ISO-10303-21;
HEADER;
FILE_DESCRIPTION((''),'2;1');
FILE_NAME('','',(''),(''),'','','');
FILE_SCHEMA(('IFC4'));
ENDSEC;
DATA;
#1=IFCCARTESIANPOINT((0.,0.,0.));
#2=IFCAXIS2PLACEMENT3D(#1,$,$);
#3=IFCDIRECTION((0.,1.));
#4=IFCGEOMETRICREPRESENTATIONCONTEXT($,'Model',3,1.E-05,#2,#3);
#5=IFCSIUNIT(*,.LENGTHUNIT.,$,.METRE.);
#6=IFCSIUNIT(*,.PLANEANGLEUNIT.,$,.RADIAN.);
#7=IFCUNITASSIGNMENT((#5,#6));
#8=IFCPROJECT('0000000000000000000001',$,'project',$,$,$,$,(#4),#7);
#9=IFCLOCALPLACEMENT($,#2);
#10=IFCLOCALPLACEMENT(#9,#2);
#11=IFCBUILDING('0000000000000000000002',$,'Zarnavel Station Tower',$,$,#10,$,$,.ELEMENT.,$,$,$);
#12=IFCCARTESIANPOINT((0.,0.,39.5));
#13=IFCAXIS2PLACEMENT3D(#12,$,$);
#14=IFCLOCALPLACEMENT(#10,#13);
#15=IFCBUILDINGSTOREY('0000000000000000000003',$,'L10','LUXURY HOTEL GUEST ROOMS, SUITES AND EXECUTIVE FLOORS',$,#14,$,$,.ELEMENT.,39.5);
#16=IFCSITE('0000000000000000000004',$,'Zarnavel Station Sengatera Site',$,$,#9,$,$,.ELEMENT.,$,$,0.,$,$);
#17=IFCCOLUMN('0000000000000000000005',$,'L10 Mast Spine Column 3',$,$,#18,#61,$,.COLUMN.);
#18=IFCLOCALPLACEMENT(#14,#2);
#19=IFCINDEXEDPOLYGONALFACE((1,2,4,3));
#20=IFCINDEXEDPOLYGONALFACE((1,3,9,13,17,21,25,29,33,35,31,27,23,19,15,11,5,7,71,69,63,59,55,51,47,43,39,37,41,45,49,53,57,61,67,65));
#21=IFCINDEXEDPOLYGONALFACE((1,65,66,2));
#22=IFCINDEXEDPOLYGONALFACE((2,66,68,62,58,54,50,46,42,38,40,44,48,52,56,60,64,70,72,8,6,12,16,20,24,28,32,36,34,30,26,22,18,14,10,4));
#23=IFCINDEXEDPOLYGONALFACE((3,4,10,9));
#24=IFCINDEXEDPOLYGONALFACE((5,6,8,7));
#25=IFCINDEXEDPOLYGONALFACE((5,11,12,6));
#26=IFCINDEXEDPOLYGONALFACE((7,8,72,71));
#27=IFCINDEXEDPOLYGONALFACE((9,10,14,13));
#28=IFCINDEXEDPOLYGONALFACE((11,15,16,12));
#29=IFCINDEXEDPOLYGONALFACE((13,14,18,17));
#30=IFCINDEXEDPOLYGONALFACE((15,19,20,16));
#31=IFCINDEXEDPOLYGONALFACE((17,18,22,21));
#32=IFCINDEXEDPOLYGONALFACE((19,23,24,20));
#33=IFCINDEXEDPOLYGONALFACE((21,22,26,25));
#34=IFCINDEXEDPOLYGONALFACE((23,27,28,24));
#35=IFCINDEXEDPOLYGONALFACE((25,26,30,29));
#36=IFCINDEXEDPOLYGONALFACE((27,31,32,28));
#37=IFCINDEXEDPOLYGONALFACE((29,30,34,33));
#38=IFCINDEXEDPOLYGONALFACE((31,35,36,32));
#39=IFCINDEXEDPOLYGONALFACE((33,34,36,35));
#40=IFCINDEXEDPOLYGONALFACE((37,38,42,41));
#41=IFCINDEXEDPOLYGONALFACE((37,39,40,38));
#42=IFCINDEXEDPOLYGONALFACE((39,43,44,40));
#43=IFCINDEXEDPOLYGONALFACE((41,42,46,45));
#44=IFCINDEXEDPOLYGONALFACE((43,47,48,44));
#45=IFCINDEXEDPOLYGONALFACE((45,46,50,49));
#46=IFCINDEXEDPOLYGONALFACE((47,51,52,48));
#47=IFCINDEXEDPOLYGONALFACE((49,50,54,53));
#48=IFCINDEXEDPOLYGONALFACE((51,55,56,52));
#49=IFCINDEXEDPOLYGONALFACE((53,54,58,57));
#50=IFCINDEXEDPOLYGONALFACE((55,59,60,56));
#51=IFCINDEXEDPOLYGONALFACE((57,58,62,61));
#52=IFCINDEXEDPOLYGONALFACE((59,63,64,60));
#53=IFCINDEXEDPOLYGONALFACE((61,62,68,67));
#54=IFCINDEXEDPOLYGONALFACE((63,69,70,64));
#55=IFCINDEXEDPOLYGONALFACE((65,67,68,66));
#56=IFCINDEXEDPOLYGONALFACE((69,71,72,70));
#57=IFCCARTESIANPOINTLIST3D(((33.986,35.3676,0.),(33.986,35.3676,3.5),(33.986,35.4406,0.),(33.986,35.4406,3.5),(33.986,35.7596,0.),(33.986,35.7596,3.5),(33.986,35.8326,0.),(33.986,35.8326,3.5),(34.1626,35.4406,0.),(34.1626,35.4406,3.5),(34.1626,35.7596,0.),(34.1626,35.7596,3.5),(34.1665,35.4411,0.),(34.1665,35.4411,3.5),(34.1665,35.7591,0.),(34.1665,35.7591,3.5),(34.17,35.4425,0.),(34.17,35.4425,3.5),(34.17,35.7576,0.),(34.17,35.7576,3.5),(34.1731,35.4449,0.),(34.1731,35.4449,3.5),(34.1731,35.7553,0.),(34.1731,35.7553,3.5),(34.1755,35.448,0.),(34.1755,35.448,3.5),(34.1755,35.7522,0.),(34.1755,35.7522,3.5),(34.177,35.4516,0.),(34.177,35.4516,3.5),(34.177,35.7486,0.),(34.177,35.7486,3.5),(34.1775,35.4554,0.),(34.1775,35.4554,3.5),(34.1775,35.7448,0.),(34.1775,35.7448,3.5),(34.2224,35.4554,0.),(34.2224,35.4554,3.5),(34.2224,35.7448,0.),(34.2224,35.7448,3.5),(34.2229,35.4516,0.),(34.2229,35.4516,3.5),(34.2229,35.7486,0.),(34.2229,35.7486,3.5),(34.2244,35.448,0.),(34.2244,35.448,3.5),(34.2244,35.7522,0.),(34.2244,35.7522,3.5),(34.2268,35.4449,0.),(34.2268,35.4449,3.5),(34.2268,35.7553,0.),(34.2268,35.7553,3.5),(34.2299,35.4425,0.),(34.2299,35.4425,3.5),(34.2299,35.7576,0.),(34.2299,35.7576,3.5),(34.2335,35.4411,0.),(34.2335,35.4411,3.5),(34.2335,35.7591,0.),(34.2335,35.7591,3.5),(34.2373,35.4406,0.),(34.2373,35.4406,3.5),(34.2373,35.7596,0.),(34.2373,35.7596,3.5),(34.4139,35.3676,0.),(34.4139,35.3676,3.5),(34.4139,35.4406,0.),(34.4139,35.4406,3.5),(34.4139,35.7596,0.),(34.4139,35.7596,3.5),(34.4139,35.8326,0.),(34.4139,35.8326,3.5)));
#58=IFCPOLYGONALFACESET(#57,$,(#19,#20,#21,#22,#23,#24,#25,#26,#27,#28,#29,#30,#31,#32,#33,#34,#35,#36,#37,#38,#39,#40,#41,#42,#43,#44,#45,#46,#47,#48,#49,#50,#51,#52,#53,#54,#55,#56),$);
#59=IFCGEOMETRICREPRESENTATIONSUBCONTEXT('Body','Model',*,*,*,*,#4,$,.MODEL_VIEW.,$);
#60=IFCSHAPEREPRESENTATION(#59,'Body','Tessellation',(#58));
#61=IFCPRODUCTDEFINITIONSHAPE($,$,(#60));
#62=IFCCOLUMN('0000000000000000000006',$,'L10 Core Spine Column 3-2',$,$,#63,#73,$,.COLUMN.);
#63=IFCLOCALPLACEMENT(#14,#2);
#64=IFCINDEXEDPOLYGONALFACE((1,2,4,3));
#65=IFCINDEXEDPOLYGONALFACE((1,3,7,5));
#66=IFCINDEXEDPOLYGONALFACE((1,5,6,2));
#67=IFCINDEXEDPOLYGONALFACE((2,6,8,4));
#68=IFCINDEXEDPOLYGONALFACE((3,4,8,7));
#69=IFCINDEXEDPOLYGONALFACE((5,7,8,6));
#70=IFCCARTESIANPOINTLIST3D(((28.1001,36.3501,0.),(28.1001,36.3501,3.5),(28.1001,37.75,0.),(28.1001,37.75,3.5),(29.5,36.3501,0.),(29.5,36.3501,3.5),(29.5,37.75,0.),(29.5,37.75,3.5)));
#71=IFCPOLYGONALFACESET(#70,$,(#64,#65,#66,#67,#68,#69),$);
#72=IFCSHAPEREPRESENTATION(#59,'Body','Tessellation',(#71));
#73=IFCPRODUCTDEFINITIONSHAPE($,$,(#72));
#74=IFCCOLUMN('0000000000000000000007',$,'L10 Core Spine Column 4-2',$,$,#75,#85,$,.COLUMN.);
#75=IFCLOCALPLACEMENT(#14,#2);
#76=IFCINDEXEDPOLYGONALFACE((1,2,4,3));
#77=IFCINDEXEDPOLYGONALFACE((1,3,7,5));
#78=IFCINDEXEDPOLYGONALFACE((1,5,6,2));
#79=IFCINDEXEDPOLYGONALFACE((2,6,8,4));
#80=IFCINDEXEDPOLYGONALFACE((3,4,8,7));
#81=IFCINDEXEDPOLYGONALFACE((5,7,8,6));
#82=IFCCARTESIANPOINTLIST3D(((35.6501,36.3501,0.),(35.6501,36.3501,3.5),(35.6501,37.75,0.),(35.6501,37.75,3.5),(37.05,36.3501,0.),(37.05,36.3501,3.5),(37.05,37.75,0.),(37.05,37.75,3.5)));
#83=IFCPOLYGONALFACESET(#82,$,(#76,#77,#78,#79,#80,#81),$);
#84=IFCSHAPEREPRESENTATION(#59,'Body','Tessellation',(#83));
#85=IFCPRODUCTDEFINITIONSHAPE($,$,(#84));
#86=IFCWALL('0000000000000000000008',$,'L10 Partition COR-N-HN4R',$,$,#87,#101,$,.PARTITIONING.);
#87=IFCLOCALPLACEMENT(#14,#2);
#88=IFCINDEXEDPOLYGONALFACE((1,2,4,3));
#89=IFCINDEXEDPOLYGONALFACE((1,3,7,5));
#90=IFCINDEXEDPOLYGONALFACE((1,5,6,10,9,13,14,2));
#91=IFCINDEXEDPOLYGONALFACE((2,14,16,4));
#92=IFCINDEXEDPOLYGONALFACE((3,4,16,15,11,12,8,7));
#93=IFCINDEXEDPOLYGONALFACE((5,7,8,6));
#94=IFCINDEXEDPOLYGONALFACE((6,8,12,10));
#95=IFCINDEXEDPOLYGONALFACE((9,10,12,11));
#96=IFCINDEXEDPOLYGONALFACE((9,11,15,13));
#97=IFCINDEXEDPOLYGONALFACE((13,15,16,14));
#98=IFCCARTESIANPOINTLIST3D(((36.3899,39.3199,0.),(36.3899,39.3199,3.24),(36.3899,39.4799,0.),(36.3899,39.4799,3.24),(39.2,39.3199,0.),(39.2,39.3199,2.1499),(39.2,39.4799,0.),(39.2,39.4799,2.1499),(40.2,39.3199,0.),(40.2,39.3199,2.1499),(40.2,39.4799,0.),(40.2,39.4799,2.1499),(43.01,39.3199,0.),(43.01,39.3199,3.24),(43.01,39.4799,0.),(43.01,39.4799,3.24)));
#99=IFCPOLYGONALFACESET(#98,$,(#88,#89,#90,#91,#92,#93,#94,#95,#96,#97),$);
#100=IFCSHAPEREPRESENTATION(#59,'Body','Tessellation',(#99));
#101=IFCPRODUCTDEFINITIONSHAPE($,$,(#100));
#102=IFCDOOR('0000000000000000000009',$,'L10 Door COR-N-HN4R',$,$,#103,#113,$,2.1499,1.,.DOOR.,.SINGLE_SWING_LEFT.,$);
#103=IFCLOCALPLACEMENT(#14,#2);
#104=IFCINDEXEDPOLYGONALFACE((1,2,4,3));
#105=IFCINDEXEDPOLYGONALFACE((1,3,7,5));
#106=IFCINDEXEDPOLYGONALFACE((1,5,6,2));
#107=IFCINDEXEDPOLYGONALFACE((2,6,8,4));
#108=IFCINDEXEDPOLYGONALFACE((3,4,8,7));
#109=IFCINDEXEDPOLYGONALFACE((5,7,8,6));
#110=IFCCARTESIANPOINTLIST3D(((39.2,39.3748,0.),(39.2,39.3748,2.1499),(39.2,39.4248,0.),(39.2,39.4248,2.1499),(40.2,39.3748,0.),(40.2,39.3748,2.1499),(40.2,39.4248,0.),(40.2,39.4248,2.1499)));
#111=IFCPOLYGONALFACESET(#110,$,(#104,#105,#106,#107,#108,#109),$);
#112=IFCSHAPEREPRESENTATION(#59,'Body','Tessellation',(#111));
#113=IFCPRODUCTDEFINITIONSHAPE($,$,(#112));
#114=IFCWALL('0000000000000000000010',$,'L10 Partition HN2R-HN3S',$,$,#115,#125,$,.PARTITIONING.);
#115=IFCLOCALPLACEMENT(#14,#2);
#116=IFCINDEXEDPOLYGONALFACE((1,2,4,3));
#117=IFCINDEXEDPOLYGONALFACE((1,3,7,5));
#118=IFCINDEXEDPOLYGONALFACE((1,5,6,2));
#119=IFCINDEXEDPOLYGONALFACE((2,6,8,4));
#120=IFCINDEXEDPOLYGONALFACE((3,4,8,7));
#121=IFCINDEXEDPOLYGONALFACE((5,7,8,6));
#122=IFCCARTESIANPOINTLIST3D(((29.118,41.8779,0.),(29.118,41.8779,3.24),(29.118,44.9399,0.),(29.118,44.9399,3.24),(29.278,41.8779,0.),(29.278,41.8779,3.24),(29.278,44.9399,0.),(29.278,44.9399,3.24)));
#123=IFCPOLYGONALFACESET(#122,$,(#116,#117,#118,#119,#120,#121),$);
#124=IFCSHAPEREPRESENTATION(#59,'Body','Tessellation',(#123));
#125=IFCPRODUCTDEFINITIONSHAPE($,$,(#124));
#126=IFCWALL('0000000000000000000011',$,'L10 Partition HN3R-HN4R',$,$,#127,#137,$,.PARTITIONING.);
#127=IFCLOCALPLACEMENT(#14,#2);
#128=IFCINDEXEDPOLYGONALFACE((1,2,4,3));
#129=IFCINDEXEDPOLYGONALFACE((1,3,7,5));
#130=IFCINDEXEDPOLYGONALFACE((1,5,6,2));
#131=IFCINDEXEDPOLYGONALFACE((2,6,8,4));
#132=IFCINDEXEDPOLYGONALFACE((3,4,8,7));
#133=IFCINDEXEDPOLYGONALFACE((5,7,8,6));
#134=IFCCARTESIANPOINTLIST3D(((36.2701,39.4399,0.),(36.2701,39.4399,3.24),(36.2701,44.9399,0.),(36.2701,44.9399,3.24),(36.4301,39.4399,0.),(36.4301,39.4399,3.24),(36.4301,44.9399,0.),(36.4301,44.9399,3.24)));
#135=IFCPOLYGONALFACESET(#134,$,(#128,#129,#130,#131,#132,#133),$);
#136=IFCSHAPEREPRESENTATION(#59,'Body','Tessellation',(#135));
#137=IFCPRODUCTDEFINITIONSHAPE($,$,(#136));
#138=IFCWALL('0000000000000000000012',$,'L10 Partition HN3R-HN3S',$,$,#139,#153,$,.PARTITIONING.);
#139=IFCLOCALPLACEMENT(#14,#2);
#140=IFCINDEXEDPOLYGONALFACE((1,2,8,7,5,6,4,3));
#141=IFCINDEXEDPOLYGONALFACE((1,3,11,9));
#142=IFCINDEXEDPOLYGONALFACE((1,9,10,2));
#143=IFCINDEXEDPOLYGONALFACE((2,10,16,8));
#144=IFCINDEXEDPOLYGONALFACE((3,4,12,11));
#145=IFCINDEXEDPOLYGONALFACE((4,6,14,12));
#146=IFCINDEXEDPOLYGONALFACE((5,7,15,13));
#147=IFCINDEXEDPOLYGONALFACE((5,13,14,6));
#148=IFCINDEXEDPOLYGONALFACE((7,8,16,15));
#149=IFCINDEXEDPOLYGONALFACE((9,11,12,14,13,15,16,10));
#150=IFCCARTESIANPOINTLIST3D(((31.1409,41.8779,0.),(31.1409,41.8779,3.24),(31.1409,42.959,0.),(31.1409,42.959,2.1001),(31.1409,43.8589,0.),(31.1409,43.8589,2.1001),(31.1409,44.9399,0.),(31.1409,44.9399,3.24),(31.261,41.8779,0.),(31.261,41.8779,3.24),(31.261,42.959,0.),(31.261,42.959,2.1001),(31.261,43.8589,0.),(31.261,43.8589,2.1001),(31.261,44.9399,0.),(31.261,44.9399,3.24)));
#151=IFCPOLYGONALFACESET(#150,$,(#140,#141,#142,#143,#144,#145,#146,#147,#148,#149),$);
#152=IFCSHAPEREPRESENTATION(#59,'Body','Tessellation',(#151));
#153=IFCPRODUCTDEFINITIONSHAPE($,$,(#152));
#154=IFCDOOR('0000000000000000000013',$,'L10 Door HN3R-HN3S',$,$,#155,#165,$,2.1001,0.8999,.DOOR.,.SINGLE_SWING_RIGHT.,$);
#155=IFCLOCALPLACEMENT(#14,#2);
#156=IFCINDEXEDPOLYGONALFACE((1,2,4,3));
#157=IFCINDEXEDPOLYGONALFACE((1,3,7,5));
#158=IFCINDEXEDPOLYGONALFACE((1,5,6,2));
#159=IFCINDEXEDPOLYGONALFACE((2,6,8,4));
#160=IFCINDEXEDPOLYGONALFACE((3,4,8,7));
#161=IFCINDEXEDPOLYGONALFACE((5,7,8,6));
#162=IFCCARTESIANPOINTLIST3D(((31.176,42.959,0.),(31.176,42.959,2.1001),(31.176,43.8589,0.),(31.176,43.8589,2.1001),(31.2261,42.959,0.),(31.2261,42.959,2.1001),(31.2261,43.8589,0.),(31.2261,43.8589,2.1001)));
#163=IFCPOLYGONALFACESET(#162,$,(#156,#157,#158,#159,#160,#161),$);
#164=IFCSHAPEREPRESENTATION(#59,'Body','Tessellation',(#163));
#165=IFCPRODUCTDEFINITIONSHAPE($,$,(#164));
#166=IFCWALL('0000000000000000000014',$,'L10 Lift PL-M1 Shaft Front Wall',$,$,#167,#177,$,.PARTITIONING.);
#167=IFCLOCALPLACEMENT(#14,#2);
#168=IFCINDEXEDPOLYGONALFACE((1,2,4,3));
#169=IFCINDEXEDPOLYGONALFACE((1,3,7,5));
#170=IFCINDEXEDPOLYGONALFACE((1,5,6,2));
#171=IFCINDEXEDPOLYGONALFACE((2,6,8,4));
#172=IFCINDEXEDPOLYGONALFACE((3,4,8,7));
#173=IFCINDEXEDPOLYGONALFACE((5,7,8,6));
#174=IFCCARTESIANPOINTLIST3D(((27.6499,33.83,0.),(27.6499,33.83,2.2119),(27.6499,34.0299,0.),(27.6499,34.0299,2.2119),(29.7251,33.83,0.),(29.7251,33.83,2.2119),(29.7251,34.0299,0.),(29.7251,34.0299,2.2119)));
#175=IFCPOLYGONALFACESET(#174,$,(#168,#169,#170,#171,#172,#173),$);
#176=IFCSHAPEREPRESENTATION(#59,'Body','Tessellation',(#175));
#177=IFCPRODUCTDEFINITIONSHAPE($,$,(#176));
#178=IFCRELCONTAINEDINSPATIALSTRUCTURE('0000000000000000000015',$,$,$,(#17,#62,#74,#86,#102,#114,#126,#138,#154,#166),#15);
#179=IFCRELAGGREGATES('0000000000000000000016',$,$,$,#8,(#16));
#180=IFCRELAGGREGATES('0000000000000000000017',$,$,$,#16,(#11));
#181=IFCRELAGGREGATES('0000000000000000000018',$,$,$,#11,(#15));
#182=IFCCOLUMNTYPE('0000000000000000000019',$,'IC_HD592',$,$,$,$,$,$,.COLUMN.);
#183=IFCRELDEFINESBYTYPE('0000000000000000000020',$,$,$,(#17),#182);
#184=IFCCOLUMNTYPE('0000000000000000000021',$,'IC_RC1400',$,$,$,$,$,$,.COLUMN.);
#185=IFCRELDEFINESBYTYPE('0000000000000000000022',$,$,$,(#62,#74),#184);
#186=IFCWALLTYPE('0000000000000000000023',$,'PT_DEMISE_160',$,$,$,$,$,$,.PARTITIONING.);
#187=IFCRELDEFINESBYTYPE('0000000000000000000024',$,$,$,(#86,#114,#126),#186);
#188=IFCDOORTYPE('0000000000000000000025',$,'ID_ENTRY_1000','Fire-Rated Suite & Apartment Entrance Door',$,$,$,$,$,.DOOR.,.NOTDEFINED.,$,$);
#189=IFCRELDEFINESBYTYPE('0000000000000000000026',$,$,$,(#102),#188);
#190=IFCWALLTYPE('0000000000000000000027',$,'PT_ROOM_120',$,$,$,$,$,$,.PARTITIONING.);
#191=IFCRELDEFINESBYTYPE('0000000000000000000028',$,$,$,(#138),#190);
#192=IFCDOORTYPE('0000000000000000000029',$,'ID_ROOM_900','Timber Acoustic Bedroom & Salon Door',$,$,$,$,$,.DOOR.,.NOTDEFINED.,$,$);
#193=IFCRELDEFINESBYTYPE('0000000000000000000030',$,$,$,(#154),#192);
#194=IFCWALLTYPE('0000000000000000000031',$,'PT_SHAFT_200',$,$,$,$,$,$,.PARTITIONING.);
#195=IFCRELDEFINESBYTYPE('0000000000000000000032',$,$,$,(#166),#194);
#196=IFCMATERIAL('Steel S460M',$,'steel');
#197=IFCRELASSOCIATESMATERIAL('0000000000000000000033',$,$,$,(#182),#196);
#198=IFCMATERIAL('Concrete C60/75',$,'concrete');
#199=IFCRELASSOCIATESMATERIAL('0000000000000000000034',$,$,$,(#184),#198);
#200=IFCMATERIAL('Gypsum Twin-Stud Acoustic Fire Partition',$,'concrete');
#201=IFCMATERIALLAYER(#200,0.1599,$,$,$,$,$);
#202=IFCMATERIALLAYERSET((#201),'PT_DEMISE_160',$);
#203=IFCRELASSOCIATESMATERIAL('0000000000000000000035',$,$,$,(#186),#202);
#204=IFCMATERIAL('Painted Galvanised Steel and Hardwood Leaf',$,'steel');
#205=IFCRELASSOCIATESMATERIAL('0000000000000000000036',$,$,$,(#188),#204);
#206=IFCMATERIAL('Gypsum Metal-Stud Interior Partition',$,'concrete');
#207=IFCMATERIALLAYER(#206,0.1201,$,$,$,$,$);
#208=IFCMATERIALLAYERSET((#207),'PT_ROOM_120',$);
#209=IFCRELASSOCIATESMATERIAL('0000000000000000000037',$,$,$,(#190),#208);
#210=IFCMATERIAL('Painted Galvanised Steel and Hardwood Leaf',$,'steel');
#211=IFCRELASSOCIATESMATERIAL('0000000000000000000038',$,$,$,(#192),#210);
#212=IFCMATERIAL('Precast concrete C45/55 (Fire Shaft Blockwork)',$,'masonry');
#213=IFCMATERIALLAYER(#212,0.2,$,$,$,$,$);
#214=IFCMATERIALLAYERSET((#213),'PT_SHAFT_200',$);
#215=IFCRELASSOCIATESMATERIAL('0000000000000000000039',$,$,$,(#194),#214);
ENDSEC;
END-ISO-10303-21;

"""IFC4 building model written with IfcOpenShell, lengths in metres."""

from ifc_helpers import new_model, si_unit, direction, frame, frame_2d, origin, origin_2d, place, context, subcontext, project, spatial, rectangle, i_section, extrude, material, layer, layer_set, material_profile, profile_set, type_object, element, fill, save


model = new_model("IFC4")

# Units and contexts
model_context = context("Model", 3, precision=1e-05, world=origin(), true_north=direction((0.0, 1.0)))
body_context = subcontext(model_context, "Body", "Model", "MODEL_VIEW")
ifc_project = project(units=[si_unit("LENGTHUNIT", "METRE"), si_unit("PLANEANGLEUNIT", "RADIAN")], contexts=[model_context])

# Site, building, storey
site_placement = place(None, origin())
site = spatial("IfcSite", under=ifc_project, at=site_placement, Name="Zarnavel Station Sengatera Site", CompositionType="ELEMENT", RefElevation=0.0)
building_placement = place(site_placement, origin())
building = spatial("IfcBuilding", under=site, at=building_placement, Name="Zarnavel Station Tower", CompositionType="ELEMENT")
storey_placement = place(building_placement, frame((0.0, 0.0, 39.5)))
storey = spatial("IfcBuildingStorey", under=building, at=storey_placement, Name="L10", Description="LUXURY HOTEL GUEST ROOMS, SUITES AND EXECUTIVE FLOORS", CompositionType="ELEMENT", Elevation=39.5)

# Columns
ifc_material_1 = material(Name="Steel S460M", Category="steel")
ifc_material_profile_1 = material_profile(ifc_material_1, i_section(OverallWidth=0.428, OverallDepth=0.4651, WebThickness=0.0449, FlangeThickness=0.073, FilletRadius=0.0149, at=origin_2d()), Name="HD400x592")
ifc_profile_set_1 = profile_set([ifc_material_profile_1], Name="Steel S460M")
column_type_1 = type_object("IfcColumnType", Name="IC_HD592", PredefinedType="COLUMN", material=ifc_profile_set_1)
column_placement = place(storey_placement, frame((34.2, 35.6001, 0.0), z_axis=(0.0, 0.0, 1.0), x_axis=(1.0, 0.0, 0.0)))
element("IfcColumn", 1, at=column_placement, inside=storey, type_object=column_type_1, Name="L10 Mast Spine Column 3", PredefinedType="COLUMN", context=body_context, shape_type="SweptSolid", body=[
    extrude(i_section(OverallWidth=0.428, OverallDepth=0.4651, WebThickness=0.0449, FlangeThickness=0.073, FilletRadius=0.0149, at=origin_2d()), origin(), (0.0, 0.0, 1.0), 3.5),
])
ifc_material_2 = material(Name="Concrete C60/75", Category="concrete")
ifc_material_profile_2 = material_profile(ifc_material_2, rectangle(XDim=1.3999, YDim=1.3999, at=origin_2d()), Name="RC1400x1400")
ifc_profile_set_2 = profile_set([ifc_material_profile_2], Name="Concrete C60/75")
column_type_2 = type_object("IfcColumnType", Name="IC_RC1400", PredefinedType="COLUMN", material=ifc_profile_set_2)
for number, where, z_axis, x_axis, name in (
    (2, (28.8, 37.05, 0.0), (0.0, 0.0, 1.0), (1.0, 0.0, 0.0), "L10 Core Spine Column 3-2"),
    (3, (36.3501, 37.05, 0.0), (0.0, 0.0, 1.0), (1.0, 0.0, 0.0), "L10 Core Spine Column 4-2"),
):
    element("IfcColumn", number, at=place(storey_placement, frame(where, z_axis=z_axis, x_axis=x_axis)), inside=storey, type_object=column_type_2, Name=name, PredefinedType="COLUMN", context=body_context, shape_type="SweptSolid", body=[
        extrude(rectangle(XDim=1.3999, YDim=1.3999, at=origin_2d()), origin(), (0.0, 0.0, 1.0), 3.5),
    ])

# Wall, opening, door
ifc_material_3 = material(Name="Gypsum Twin-Stud Acoustic Fire Partition", Category="concrete")
ifc_layer_1 = layer(ifc_material_3, 0.1599)
ifc_layer_set_1 = layer_set([ifc_layer_1], Name="PT_DEMISE_160")
wall_type_1 = type_object("IfcWallType", Name="PT_DEMISE_160", PredefinedType="PARTITIONING", material=ifc_layer_set_1)
ifc_material_4 = material(Name="Painted Galvanised Steel and Hardwood Leaf", Category="steel")
door_type_1 = type_object("IfcDoorType", Name="ID_ENTRY_1000", Description="Fire-Rated Suite & Apartment Entrance Door", OperationType="NOTDEFINED", PredefinedType="DOOR", material=ifc_material_4)
wall_1_placement = place(storey_placement, frame((36.3899, 39.3999, 0.0), z_axis=(0.0, 0.0, 1.0), x_axis=(1.0, 0.0, 0.0)))
wall_1 = element("IfcWall", 4, at=wall_1_placement, inside=storey, type_object=wall_type_1, Name="L10 Partition COR-N-HN4R", PredefinedType="PARTITIONING", context=body_context, shape_type="SweptSolid", body=[
    extrude(rectangle(XDim=6.6201, YDim=0.1599, at=frame_2d((3.3101, 0.0))), origin(), (0.0, 0.0, 1.0), 3.24),
])
opening_1_placement = place(wall_1_placement, frame((2.8101, 0.0, 0.0)))
opening_1 = element("IfcOpeningElement", 5, at=opening_1_placement, cuts=wall_1, PredefinedType="OPENING", context=body_context, shape_type="SweptSolid", body=[
    extrude(rectangle(XDim=1.0, YDim=2.1499, at=frame_2d((0.5, 1.075))), frame((0.0, 0.0898, 0.0), z_axis=(0.0, -1.0, 0.0), x_axis=(1.0, 0.0, 0.0)), (0.0, 0.0, 1.0), 0.1799),
])
door_1_placement = place(opening_1_placement, origin())
door_1 = element("IfcDoor", 6, at=door_1_placement, inside=storey, type_object=door_type_1, Name="L10 Door COR-N-HN4R", OperationType="SINGLE_SWING_LEFT", OverallHeight=2.1499, OverallWidth=1.0, PredefinedType="DOOR", context=body_context, shape_type="SweptSolid", body=[
    extrude(rectangle(XDim=1.0, YDim=2.1499, at=frame_2d((0.5, 1.075))), frame((0.0, 0.0249, 0.0), z_axis=(0.0, -1.0, 0.0), x_axis=(1.0, 0.0, 0.0)), (0.0, 0.0, 1.0), 0.05),
])
fill(opening_1, door_1)

# Walls
wall_2_placement = place(storey_placement, frame((29.198, 41.8779, 0.0), z_axis=(0.0, 0.0, 1.0), x_axis=(0.0, 1.0, 0.0)))
element("IfcWall", 7, at=wall_2_placement, inside=storey, type_object=wall_type_1, Name="L10 Partition HN2R-HN3S", PredefinedType="PARTITIONING", context=body_context, shape_type="SweptSolid", body=[
    extrude(rectangle(XDim=3.062, YDim=0.1599, at=frame_2d((1.531, 0.0))), origin(), (0.0, 0.0, 1.0), 3.24),
])
wall_3_placement = place(storey_placement, frame((36.3501, 39.4399, 0.0), z_axis=(0.0, 0.0, 1.0), x_axis=(0.0, 1.0, 0.0)))
element("IfcWall", 8, at=wall_3_placement, inside=storey, type_object=wall_type_1, Name="L10 Partition HN3R-HN4R", PredefinedType="PARTITIONING", context=body_context, shape_type="SweptSolid", body=[
    extrude(rectangle(XDim=5.5, YDim=0.1599, at=frame_2d((2.75, 0.0))), origin(), (0.0, 0.0, 1.0), 3.24),
])

# Wall, opening, door
ifc_material_5 = material(Name="Gypsum Metal-Stud Interior Partition", Category="concrete")
ifc_layer_2 = layer(ifc_material_5, 0.1201)
ifc_layer_set_2 = layer_set([ifc_layer_2], Name="PT_ROOM_120")
wall_type_2 = type_object("IfcWallType", Name="PT_ROOM_120", PredefinedType="PARTITIONING", material=ifc_layer_set_2)
wall_4_placement = place(storey_placement, frame((31.2009, 41.8779, 0.0), z_axis=(0.0, 0.0, 1.0), x_axis=(0.0, 1.0, 0.0)))
wall_4 = element("IfcWall", 9, at=wall_4_placement, inside=storey, type_object=wall_type_2, Name="L10 Partition HN3R-HN3S", PredefinedType="PARTITIONING", context=body_context, shape_type="SweptSolid", body=[
    extrude(rectangle(XDim=3.062, YDim=0.1201, at=frame_2d((1.531, 0.0))), origin(), (0.0, 0.0, 1.0), 3.24),
])
opening_2_placement = place(wall_4_placement, frame((1.0811, 0.0, 0.0)))
opening_2 = element("IfcOpeningElement", 10, at=opening_2_placement, cuts=wall_4, PredefinedType="OPENING", context=body_context, shape_type="SweptSolid", body=[
    extrude(rectangle(XDim=0.8999, YDim=2.1001, at=frame_2d((0.45, 1.05))), frame((0.0, 0.0701, 0.0), z_axis=(0.0, -1.0, 0.0), x_axis=(1.0, 0.0, 0.0)), (0.0, 0.0, 1.0), 0.1401),
])
ifc_material_6 = material(Name="Painted Galvanised Steel and Hardwood Leaf", Category="steel")
door_type_2 = type_object("IfcDoorType", Name="ID_ROOM_900", Description="Timber Acoustic Bedroom & Salon Door", OperationType="NOTDEFINED", PredefinedType="DOOR", material=ifc_material_6)
door_2_placement = place(opening_2_placement, origin())
door_2 = element("IfcDoor", 11, at=door_2_placement, inside=storey, type_object=door_type_2, Name="L10 Door HN3R-HN3S", OperationType="SINGLE_SWING_RIGHT", OverallHeight=2.1001, OverallWidth=0.8999, PredefinedType="DOOR", context=body_context, shape_type="SweptSolid", body=[
    extrude(rectangle(XDim=0.8999, YDim=2.1001, at=frame_2d((0.45, 1.05))), frame((0.0, 0.0249, 0.0), z_axis=(0.0, -1.0, 0.0), x_axis=(1.0, 0.0, 0.0)), (0.0, 0.0, 1.0), 0.05),
])
fill(opening_2, door_2)
ifc_material_7 = material(Name="Precast concrete C45/55 (Fire Shaft Blockwork)", Category="masonry")
ifc_layer_3 = layer(ifc_material_7, 0.2)
ifc_layer_set_3 = layer_set([ifc_layer_3], Name="PT_SHAFT_200")
wall_type_3 = type_object("IfcWallType", Name="PT_SHAFT_200", PredefinedType="PARTITIONING", material=ifc_layer_set_3)

# Wall
wall_5_placement = place(storey_placement, frame((27.6499, 33.9299, 0.0), z_axis=(0.0, 0.0, 1.0), x_axis=(1.0, 0.0, 0.0)))
element("IfcWall", 12, at=wall_5_placement, inside=storey, type_object=wall_type_3, Name="L10 Lift PL-M1 Shaft Front Wall", PredefinedType="PARTITIONING", context=body_context, shape_type="SweptSolid", body=[
    extrude(rectangle(XDim=2.0752, YDim=0.2, at=frame_2d((1.0376, 0.0))), origin(), (0.0, 0.0, 1.0), 2.2119),
])

save(model, "model.ifc")
